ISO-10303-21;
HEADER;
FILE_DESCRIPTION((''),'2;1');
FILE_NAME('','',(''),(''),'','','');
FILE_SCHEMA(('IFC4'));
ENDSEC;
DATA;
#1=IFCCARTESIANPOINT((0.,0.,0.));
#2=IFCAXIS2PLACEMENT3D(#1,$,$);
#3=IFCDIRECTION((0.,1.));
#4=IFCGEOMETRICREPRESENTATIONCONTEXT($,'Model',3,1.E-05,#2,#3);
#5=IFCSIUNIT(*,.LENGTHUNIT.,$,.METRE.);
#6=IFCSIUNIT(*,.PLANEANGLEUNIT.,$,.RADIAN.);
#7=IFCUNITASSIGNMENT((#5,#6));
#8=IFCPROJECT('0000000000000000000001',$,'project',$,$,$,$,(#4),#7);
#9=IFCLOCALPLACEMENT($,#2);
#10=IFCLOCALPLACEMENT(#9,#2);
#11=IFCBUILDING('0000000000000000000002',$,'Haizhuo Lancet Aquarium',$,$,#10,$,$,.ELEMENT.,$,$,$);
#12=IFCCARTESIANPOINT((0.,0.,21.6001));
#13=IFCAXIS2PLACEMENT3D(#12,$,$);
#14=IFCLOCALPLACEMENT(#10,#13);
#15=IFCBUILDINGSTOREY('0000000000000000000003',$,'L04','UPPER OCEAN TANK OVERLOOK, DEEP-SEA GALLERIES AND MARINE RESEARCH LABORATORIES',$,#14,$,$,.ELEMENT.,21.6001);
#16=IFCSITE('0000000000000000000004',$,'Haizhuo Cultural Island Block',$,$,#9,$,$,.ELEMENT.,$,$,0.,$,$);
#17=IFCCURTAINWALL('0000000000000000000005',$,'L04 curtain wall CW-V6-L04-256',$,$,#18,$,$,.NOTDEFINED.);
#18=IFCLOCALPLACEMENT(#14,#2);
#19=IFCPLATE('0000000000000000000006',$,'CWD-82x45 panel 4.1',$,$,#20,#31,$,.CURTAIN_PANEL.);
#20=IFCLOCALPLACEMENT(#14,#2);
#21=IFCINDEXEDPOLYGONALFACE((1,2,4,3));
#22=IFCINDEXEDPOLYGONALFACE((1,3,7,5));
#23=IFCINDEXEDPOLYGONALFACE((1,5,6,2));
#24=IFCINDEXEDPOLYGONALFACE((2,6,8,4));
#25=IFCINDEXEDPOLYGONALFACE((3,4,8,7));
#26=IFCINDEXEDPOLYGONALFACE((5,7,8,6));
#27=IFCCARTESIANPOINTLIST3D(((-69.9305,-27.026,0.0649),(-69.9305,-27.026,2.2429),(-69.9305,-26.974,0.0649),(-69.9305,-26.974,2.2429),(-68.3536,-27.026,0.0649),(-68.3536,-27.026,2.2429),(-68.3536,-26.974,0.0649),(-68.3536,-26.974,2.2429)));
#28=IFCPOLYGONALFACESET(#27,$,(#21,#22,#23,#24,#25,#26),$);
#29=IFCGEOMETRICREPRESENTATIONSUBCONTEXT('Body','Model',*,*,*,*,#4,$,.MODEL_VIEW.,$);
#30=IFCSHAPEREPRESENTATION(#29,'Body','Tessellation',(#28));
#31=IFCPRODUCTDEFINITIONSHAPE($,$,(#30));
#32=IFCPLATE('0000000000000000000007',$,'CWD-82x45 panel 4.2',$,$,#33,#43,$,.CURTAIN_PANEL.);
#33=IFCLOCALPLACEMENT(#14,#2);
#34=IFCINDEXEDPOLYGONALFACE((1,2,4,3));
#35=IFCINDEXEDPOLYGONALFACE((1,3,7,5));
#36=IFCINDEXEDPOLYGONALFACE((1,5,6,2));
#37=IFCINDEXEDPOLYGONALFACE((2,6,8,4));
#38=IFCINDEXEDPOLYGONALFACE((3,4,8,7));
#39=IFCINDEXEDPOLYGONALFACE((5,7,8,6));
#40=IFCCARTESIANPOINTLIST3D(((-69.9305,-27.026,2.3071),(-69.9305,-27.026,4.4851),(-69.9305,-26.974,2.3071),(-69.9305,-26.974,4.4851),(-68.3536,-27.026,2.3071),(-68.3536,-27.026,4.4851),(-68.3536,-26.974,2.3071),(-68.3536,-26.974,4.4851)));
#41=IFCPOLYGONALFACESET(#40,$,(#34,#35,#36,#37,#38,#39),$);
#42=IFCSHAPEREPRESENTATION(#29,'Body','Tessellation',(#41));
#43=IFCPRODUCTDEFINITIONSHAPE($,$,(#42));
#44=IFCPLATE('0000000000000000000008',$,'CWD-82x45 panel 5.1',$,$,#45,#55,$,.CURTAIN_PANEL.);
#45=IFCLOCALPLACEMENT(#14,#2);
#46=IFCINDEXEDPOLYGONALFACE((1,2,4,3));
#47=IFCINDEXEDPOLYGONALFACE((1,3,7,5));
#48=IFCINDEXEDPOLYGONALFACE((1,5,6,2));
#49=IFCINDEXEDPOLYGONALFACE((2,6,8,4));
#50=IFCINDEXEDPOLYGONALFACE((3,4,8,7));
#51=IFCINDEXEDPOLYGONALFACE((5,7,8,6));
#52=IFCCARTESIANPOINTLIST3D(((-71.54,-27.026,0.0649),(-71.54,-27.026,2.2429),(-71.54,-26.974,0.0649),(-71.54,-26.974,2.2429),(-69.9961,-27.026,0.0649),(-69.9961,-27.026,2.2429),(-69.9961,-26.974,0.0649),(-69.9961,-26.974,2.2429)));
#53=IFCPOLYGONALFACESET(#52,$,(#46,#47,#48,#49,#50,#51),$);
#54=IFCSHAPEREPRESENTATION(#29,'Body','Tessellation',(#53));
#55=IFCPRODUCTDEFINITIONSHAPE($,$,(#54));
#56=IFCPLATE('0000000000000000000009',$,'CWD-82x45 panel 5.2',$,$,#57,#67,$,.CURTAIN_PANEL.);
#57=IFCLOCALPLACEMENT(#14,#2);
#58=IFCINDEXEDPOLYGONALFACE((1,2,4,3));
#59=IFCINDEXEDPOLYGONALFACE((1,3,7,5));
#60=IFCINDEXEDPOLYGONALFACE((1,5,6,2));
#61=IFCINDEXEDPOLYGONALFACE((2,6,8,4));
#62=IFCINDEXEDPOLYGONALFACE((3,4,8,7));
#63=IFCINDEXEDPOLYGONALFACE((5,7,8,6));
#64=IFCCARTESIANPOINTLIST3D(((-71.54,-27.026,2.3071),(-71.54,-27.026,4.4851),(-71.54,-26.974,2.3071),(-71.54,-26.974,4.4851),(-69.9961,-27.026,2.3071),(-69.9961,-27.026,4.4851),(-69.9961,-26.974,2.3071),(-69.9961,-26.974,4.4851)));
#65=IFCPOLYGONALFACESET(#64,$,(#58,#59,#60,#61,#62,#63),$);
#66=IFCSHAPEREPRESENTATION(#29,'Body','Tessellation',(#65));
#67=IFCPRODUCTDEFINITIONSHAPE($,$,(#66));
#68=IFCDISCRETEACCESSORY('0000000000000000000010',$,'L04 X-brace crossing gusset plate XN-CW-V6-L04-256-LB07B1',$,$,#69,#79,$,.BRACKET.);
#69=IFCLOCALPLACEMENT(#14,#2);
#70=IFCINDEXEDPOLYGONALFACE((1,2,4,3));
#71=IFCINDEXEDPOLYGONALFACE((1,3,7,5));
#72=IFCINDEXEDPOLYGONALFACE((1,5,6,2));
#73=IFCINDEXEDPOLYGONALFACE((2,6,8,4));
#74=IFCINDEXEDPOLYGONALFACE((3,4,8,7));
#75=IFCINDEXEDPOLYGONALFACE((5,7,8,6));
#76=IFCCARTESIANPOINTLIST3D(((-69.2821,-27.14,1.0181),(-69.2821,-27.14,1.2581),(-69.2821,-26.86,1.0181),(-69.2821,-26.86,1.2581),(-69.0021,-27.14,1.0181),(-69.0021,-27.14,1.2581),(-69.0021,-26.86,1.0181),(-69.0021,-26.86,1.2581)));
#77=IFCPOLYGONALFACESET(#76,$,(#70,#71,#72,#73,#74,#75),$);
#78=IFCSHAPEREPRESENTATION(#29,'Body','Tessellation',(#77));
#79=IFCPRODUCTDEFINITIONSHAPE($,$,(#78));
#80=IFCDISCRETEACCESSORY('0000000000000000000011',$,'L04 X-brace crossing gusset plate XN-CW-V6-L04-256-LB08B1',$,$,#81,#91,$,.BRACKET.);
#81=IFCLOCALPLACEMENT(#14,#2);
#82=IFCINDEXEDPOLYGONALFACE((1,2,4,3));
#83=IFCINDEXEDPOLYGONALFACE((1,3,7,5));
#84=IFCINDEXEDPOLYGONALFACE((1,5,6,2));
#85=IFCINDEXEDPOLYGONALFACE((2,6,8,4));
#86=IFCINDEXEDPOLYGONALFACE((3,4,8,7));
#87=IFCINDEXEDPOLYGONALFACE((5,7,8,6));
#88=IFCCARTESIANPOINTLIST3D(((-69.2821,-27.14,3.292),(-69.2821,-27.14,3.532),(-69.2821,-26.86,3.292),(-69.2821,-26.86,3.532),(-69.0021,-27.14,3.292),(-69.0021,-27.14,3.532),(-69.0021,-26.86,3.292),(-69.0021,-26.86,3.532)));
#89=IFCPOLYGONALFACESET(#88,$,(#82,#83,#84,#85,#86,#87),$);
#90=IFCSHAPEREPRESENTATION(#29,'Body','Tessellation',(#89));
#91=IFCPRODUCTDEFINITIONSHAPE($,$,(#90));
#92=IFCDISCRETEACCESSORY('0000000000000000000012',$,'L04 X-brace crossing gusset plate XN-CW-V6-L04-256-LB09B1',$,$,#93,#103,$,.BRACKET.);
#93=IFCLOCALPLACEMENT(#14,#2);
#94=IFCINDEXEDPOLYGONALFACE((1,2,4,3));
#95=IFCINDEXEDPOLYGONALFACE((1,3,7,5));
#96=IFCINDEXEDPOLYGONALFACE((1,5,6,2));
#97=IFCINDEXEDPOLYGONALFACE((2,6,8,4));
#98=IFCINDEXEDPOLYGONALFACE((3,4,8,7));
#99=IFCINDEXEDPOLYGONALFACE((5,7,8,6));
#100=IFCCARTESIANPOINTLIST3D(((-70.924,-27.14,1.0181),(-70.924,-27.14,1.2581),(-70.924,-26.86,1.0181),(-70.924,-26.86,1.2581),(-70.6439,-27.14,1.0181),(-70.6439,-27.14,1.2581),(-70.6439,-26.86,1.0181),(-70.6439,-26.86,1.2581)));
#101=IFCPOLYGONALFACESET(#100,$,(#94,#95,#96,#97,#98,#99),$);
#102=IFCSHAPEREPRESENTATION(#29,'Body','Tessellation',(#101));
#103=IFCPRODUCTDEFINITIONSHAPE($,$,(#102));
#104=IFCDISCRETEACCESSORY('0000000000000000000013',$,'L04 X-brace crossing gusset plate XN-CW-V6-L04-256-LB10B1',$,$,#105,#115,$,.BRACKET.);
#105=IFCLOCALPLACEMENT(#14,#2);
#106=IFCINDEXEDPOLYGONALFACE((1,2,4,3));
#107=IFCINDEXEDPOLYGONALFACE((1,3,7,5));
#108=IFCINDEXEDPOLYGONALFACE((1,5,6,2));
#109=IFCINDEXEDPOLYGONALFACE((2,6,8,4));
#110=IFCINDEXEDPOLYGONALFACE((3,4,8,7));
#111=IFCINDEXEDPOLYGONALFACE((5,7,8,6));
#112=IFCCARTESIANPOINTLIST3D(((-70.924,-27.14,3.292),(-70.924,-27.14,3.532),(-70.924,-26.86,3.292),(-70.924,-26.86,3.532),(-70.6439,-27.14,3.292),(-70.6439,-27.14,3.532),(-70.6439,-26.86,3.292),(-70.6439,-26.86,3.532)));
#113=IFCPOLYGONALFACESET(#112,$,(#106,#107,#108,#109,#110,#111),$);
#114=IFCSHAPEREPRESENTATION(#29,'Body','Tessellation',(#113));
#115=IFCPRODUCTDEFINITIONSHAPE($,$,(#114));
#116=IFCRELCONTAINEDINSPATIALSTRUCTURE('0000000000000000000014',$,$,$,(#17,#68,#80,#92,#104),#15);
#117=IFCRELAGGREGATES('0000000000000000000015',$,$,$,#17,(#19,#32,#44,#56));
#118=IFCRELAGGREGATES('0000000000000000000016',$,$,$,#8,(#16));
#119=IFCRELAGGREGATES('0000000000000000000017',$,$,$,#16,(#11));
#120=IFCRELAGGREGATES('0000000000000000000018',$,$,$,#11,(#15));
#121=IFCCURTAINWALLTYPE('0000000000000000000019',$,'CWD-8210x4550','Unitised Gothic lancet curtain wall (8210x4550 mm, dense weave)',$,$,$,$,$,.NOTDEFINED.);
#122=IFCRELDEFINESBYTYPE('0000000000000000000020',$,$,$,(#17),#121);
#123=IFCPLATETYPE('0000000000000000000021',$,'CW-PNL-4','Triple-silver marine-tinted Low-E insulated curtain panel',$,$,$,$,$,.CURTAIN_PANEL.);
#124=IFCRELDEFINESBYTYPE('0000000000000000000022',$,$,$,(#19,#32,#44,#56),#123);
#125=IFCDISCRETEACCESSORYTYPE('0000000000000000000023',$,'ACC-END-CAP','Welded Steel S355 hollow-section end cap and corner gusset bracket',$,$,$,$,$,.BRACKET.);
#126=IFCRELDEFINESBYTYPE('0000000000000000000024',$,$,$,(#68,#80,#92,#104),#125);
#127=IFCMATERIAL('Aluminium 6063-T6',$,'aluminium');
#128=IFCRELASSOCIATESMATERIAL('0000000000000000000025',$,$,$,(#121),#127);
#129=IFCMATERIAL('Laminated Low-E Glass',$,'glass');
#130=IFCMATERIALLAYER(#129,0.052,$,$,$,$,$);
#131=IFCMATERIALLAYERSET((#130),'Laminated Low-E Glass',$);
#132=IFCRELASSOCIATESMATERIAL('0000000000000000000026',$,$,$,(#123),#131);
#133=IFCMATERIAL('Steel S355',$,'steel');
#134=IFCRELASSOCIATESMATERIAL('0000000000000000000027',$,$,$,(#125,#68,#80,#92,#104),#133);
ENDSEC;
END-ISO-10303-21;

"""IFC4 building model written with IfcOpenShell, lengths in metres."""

from ifc_helpers import new_model, si_unit, direction, frame, origin, origin_2d, place, context, subcontext, project, spatial, rectangle, extrude, material, layer, layer_set, type_object, element, aggregate, save


model = new_model("IFC4")

# Units and contexts
model_context = context("Model", 3, precision=1e-05, world=origin(), true_north=direction((0.0, 1.0)))
body_context = subcontext(model_context, "Body", "Model", "MODEL_VIEW")
ifc_project = project(units=[si_unit("LENGTHUNIT", "METRE"), si_unit("PLANEANGLEUNIT", "RADIAN")], contexts=[model_context])

# Site, building, storey
site_placement = place(None, origin())
site = spatial("IfcSite", under=ifc_project, at=site_placement, Name="Haizhuo Cultural Island Block", CompositionType="ELEMENT", RefElevation=0.0)
building_placement = place(site_placement, origin())
building = spatial("IfcBuilding", under=site, at=building_placement, Name="Haizhuo Lancet Aquarium", CompositionType="ELEMENT")
storey_placement = place(building_placement, frame((0.0, 0.0, 21.6001)))
storey = spatial("IfcBuildingStorey", under=building, at=storey_placement, Name="L04", Description="UPPER OCEAN TANK OVERLOOK, DEEP-SEA GALLERIES AND MARINE RESEARCH LABORATORIES", CompositionType="ELEMENT", Elevation=21.6001)

# Shared definitions
ifc_material_1 = material(Name="Steel S355", Category="steel")

# Curtain wall
ifc_material_2 = material(Name="Aluminium 6063-T6", Category="aluminium")
curtain_wall_type = type_object("IfcCurtainWallType", Name="CWD-8210x4550", Description="Unitised Gothic lancet curtain wall (8210x4550 mm, dense weave)", PredefinedType="NOTDEFINED", material=ifc_material_2)
curtain_wall_placement = place(storey_placement, origin())
curtain_wall = element("IfcCurtainWall", 1, at=curtain_wall_placement, inside=storey, type_object=curtain_wall_type, Name="L04 curtain wall CW-V6-L04-256", PredefinedType="NOTDEFINED")

# Plates
ifc_material_3 = material(Name="Laminated Low-E Glass", Category="glass")
ifc_layer = layer(ifc_material_3, 0.052)
ifc_layer_set = layer_set([ifc_layer], Name="Laminated Low-E Glass")
plate_type = type_object("IfcPlateType", Name="CW-PNL-4", Description="Triple-silver marine-tinted Low-E insulated curtain panel", PredefinedType="CURTAIN_PANEL", material=ifc_layer_set)
plate_1_placement = place(storey_placement, frame((-69.1421, -27.0, 0.0649), z_axis=(0.0, 0.0, 1.0), x_axis=(-1.0, 0.0, 0.0)))
plate_1 = element("IfcPlate", 2, at=plate_1_placement, type_object=plate_type, Name="CWD-82x45 panel 4.1", PredefinedType="CURTAIN_PANEL", context=body_context, shape_type="SweptSolid", body=[
    extrude(rectangle(XDim=1.5769, YDim=0.052, at=origin_2d()), origin(), (0.0, 0.0, 1.0), 2.178),
])
plate_2_placement = place(storey_placement, frame((-69.1421, -27.0, 2.3071), z_axis=(0.0, 0.0, 1.0), x_axis=(-1.0, 0.0, 0.0)))
plate_2 = element("IfcPlate", 3, at=plate_2_placement, type_object=plate_type, Name="CWD-82x45 panel 4.2", PredefinedType="CURTAIN_PANEL", context=body_context, shape_type="SweptSolid", body=[
    extrude(rectangle(XDim=1.5769, YDim=0.052, at=origin_2d()), origin(), (0.0, 0.0, 1.0), 2.178),
])
plate_3_placement = place(storey_placement, frame((-70.7681, -27.0, 0.0649), z_axis=(0.0, 0.0, 1.0), x_axis=(-1.0, 0.0, 0.0)))
plate_3 = element("IfcPlate", 4, at=plate_3_placement, type_object=plate_type, Name="CWD-82x45 panel 5.1", PredefinedType="CURTAIN_PANEL", context=body_context, shape_type="SweptSolid", body=[
    extrude(rectangle(XDim=1.5439, YDim=0.052, at=origin_2d()), origin(), (0.0, 0.0, 1.0), 2.178),
])
plate_4_placement = place(storey_placement, frame((-70.7681, -27.0, 2.3071), z_axis=(0.0, 0.0, 1.0), x_axis=(-1.0, 0.0, 0.0)))
plate_4 = element("IfcPlate", 5, at=plate_4_placement, type_object=plate_type, Name="CWD-82x45 panel 5.2", PredefinedType="CURTAIN_PANEL", context=body_context, shape_type="SweptSolid", body=[
    extrude(rectangle(XDim=1.5439, YDim=0.052, at=origin_2d()), origin(), (0.0, 0.0, 1.0), 2.178),
])
aggregate(curtain_wall, [plate_1, plate_2, plate_3, plate_4])

# Discrete accessories
discrete_accessory_type = type_object("IfcDiscreteAccessoryType", Name="ACC-END-CAP", Description="Welded Steel S355 hollow-section end cap and corner gusset bracket", PredefinedType="BRACKET", material=ifc_material_1)
for number, where, z_axis, x_axis, name in (
    (6, (-69.1421, -27.0, 1.0181), (0.0, 0.0, 1.0), (1.0, 0.0, 0.0), "L04 X-brace crossing gusset plate XN-CW-V6-L04-256-LB07B1"),
    (7, (-69.1421, -27.0, 3.292), (0.0, 0.0, 1.0), (1.0, 0.0, 0.0), "L04 X-brace crossing gusset plate XN-CW-V6-L04-256-LB08B1"),
    (8, (-70.7839, -27.0, 1.0181), (0.0, 0.0, 1.0), (1.0, 0.0, 0.0), "L04 X-brace crossing gusset plate XN-CW-V6-L04-256-LB09B1"),
    (9, (-70.7839, -27.0, 3.292), (0.0, 0.0, 1.0), (1.0, 0.0, 0.0), "L04 X-brace crossing gusset plate XN-CW-V6-L04-256-LB10B1"),
):
    element("IfcDiscreteAccessory", number, at=place(storey_placement, frame(where, z_axis=z_axis, x_axis=x_axis)), inside=storey, type_object=discrete_accessory_type, material=ifc_material_1, Name=name, PredefinedType="BRACKET", context=body_context, shape_type="SweptSolid", body=[
        extrude(rectangle(XDim=0.28, YDim=0.28, at=origin_2d()), origin(), (0.0, 0.0, 1.0), 0.24),
    ])

save(model, "model.ifc")
